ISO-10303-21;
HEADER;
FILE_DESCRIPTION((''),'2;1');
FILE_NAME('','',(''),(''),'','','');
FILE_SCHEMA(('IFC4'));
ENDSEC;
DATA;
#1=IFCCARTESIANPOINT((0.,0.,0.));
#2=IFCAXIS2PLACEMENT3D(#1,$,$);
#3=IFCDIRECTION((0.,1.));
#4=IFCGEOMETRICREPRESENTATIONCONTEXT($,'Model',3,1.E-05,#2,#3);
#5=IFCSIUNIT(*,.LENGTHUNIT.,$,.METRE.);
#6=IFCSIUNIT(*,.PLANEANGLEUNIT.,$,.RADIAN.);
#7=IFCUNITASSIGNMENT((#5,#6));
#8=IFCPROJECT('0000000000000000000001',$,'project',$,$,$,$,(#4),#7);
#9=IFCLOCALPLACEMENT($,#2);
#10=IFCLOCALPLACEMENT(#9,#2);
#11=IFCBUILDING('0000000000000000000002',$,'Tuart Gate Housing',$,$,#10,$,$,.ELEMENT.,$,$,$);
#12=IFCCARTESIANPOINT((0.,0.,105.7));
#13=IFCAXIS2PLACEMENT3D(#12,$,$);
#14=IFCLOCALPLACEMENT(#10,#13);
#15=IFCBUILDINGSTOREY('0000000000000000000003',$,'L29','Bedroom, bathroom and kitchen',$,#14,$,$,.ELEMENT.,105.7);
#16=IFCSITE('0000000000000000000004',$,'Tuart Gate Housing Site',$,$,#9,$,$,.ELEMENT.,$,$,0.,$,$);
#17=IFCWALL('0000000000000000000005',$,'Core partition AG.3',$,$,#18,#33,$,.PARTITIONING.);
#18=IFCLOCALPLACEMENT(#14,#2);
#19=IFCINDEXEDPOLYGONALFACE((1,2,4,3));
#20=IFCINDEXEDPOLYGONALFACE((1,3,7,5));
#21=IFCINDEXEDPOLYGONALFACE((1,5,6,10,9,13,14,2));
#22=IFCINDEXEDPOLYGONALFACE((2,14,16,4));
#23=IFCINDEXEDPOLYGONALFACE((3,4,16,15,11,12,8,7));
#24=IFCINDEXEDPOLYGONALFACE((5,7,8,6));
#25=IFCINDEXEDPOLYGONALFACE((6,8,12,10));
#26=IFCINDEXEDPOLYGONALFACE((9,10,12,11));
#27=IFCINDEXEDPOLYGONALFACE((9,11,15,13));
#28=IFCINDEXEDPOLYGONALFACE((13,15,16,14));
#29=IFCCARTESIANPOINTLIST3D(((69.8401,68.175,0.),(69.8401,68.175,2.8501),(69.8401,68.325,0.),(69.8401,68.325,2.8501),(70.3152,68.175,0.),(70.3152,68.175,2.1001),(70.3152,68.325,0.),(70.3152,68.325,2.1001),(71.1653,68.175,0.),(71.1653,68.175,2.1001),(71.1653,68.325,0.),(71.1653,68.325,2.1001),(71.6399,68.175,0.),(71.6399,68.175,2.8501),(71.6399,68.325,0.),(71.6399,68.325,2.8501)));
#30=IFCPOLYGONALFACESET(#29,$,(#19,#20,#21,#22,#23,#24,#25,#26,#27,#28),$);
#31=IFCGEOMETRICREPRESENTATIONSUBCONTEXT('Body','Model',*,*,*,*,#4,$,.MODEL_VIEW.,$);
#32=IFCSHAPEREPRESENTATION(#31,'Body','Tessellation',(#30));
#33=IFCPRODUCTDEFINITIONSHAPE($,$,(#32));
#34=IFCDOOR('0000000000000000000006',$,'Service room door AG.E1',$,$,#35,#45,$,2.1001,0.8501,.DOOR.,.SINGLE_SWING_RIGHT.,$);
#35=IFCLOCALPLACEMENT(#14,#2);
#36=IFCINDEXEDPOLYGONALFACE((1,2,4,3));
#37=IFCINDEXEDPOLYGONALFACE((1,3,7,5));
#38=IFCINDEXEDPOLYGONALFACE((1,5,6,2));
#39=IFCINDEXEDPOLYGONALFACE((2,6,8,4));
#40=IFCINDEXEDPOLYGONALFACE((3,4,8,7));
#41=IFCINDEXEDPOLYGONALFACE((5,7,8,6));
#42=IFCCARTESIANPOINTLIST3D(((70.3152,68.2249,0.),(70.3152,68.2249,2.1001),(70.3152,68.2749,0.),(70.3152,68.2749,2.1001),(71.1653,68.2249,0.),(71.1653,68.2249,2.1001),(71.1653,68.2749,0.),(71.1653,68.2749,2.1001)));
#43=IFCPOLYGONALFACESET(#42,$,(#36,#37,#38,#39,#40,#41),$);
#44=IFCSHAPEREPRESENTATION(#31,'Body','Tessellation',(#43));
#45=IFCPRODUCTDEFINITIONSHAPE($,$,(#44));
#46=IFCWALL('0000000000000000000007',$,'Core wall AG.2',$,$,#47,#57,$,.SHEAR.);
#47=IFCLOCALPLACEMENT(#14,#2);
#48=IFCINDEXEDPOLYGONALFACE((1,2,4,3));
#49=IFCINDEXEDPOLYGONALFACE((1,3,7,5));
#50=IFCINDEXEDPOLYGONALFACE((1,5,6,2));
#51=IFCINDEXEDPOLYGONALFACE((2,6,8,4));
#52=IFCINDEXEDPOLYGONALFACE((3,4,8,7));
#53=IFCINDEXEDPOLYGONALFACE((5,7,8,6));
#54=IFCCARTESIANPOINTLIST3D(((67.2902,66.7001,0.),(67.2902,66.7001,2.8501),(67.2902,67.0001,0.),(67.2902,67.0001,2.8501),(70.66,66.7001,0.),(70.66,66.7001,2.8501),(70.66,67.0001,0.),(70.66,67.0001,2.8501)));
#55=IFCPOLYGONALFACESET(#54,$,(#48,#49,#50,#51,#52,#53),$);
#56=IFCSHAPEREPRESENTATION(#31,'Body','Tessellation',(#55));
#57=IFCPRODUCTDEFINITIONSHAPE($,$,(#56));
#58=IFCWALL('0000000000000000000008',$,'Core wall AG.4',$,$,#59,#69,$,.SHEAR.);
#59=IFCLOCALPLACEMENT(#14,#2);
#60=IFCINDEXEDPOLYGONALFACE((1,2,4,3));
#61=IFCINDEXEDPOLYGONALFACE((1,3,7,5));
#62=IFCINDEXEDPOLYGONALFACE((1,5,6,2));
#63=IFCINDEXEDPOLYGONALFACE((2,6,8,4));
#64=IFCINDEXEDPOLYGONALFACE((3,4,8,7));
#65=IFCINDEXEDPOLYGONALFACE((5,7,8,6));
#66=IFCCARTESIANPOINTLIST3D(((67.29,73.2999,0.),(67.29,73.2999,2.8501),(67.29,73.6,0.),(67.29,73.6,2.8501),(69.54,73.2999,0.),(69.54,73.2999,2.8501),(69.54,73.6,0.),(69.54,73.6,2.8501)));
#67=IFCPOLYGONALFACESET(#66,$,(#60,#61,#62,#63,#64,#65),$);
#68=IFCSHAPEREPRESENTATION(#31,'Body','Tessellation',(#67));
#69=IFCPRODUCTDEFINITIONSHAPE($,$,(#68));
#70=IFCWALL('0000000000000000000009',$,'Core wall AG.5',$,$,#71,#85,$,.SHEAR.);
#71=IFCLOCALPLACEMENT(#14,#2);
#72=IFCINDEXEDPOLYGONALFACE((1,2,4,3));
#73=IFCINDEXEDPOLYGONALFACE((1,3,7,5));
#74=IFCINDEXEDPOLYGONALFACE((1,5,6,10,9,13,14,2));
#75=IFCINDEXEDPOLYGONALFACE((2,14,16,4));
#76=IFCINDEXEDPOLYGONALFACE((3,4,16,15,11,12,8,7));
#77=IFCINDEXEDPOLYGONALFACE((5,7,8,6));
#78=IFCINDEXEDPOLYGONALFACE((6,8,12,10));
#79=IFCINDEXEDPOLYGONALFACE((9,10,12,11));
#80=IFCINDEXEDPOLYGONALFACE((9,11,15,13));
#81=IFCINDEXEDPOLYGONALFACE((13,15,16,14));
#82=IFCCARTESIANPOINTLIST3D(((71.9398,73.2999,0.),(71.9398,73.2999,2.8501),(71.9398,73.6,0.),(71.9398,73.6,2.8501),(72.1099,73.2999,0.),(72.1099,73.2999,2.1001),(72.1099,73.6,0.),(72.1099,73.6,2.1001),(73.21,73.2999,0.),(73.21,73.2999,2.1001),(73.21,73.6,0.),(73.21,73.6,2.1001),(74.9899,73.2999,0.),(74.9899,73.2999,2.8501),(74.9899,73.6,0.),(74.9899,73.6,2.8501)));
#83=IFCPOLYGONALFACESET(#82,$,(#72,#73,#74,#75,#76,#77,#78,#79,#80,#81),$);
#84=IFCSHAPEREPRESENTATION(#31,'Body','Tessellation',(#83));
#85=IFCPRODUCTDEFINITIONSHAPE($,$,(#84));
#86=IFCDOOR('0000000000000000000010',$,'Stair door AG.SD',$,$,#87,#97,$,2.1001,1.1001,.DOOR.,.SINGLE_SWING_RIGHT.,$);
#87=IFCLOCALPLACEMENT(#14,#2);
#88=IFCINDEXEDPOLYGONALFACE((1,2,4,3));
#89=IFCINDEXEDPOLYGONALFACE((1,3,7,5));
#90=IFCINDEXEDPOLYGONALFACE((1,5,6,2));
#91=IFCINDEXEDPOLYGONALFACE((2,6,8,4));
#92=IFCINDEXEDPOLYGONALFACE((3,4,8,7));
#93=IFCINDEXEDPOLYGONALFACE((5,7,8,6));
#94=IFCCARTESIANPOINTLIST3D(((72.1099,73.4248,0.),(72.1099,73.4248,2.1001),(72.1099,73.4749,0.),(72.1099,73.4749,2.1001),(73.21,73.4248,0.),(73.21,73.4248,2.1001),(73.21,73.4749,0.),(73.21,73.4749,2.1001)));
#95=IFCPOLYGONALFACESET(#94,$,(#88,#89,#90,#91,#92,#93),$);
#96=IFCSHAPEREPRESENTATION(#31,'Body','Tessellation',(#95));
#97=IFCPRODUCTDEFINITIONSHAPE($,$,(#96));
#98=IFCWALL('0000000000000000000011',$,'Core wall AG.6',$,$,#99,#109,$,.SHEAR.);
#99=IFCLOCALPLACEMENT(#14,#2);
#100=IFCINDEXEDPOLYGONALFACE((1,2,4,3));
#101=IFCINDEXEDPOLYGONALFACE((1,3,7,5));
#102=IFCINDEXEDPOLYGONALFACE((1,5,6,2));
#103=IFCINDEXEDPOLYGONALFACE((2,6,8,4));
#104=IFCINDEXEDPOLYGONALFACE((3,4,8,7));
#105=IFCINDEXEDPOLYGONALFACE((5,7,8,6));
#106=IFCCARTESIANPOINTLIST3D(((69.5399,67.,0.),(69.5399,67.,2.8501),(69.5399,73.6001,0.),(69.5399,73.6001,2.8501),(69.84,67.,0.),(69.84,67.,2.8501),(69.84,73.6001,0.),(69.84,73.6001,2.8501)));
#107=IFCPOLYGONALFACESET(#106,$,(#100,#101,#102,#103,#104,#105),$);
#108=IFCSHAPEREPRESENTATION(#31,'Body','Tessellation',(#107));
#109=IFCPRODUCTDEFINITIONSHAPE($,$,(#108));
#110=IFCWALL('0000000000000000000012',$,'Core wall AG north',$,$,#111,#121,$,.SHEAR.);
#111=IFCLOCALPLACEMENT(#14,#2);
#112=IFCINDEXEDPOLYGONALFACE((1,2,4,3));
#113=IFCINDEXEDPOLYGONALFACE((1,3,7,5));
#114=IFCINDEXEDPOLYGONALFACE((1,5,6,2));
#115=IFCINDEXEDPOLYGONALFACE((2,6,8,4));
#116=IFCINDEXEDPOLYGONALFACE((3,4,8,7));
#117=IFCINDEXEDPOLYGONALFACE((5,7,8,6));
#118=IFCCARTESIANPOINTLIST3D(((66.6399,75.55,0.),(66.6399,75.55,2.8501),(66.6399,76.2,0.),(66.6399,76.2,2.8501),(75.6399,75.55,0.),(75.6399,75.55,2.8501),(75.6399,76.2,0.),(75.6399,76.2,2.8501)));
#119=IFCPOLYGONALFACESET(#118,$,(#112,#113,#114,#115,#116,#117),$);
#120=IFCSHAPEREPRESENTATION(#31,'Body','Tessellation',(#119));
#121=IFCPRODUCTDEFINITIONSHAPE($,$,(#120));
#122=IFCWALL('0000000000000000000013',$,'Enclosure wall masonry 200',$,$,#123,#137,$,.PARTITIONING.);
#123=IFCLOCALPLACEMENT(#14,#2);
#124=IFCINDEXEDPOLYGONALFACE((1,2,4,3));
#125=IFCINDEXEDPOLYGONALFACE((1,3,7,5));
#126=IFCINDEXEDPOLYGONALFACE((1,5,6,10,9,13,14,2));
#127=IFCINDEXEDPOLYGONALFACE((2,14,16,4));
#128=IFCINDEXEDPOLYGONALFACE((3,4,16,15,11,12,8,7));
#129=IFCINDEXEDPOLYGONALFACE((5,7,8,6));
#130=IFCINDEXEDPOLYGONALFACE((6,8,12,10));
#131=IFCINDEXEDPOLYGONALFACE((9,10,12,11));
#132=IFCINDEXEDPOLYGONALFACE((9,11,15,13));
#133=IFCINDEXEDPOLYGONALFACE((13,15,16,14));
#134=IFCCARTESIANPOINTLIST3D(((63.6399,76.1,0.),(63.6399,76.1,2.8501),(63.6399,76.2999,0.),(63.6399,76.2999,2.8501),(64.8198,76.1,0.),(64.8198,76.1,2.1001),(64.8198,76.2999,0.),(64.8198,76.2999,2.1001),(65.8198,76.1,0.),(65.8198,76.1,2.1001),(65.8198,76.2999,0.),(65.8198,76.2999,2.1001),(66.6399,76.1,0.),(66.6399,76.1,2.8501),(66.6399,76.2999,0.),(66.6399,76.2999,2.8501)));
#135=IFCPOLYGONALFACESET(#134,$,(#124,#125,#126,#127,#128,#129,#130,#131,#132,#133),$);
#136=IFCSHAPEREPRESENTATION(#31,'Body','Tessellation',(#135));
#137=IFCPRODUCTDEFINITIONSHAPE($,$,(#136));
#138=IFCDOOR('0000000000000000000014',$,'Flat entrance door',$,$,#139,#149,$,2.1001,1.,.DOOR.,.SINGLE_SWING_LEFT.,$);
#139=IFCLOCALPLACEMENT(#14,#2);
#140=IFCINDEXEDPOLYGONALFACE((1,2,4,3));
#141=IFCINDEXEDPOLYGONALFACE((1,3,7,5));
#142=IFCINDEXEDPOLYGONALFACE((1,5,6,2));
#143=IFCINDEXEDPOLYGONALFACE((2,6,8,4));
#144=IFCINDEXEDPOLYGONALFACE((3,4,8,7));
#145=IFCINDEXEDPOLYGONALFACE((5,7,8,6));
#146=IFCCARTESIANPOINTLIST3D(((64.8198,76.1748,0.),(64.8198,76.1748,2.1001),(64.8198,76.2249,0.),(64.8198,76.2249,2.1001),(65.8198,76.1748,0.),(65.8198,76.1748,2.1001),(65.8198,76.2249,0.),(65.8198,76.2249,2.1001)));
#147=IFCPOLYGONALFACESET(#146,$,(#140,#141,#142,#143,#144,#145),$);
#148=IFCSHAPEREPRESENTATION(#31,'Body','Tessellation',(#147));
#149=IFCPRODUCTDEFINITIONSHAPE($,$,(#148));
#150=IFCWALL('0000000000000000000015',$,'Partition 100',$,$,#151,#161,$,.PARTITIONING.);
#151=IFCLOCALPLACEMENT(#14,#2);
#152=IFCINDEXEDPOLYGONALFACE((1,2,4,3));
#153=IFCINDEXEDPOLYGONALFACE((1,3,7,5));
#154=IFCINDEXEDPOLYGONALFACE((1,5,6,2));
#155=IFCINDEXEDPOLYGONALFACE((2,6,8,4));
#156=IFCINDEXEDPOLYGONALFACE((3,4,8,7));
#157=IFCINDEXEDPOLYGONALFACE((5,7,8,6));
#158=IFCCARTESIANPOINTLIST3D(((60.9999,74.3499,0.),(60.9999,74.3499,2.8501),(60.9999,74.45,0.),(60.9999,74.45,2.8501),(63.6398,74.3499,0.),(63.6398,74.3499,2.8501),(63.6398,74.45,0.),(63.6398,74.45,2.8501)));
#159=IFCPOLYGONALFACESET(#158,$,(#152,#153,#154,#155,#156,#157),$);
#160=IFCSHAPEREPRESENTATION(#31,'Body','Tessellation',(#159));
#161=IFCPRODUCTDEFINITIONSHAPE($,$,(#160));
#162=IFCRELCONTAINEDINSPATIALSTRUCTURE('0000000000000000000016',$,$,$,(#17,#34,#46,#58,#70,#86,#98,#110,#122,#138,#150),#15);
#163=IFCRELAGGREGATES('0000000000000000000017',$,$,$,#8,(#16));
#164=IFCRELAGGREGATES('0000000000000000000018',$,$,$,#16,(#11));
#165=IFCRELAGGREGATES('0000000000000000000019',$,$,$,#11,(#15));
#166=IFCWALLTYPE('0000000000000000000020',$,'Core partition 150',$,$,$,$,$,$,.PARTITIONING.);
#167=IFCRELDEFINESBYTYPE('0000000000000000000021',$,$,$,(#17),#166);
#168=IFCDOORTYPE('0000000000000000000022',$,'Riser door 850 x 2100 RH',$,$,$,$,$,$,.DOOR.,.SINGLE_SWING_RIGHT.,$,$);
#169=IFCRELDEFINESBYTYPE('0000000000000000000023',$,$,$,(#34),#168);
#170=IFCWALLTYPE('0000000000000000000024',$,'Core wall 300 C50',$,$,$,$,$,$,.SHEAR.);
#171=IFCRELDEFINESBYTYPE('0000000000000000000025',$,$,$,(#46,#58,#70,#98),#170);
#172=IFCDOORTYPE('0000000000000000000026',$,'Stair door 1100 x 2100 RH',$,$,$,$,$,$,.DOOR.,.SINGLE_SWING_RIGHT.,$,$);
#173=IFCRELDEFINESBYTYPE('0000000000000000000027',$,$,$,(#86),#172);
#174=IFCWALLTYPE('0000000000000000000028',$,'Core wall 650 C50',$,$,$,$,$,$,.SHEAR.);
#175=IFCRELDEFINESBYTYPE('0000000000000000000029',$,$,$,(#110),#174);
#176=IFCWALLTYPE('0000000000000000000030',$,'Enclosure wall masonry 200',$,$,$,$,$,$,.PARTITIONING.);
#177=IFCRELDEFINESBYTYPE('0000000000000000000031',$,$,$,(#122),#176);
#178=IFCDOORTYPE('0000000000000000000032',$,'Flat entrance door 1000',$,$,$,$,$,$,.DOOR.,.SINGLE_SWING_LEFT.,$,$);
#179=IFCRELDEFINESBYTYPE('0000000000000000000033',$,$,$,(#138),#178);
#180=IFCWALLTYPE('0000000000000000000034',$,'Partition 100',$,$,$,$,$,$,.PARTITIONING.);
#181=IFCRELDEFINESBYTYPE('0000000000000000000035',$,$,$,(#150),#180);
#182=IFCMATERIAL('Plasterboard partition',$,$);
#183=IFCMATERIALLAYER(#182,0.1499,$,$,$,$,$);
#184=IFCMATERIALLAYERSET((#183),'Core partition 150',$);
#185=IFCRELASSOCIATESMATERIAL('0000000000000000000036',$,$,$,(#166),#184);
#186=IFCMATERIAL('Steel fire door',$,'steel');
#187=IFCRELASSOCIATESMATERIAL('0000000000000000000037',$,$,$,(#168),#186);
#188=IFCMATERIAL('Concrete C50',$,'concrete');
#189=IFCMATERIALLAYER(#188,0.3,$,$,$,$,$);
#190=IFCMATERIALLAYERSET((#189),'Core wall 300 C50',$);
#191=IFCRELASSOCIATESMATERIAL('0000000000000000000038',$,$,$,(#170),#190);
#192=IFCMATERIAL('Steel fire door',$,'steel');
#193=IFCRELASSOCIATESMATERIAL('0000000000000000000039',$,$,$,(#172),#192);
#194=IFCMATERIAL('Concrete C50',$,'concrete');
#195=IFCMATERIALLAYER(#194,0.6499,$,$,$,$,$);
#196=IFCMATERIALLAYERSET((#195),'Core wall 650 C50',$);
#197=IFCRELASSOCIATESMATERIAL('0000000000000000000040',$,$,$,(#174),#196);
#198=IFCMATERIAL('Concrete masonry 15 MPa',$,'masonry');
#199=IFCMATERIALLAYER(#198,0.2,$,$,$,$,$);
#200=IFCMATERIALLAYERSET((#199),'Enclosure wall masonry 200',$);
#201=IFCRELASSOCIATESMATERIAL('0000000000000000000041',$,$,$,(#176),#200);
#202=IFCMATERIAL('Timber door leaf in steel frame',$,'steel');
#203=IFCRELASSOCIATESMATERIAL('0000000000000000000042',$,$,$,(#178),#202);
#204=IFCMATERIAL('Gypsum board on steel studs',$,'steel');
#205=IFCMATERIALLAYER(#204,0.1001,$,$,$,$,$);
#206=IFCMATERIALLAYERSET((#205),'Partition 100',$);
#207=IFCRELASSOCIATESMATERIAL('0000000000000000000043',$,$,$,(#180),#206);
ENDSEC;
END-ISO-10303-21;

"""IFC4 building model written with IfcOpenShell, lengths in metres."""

from ifc_helpers import new_model, si_unit, direction, frame, frame_2d, origin, place, context, subcontext, project, spatial, rectangle, extrude, material, layer, layer_set, type_object, element, fill, save


model = new_model("IFC4")

# Units and contexts
model_context = context("Model", 3, precision=1e-05, world=origin(), true_north=direction((0.0, 1.0)))
body_context = subcontext(model_context, "Body", "Model", "MODEL_VIEW")
ifc_project = project(units=[si_unit("LENGTHUNIT", "METRE"), si_unit("PLANEANGLEUNIT", "RADIAN")], contexts=[model_context])

# Site, building, storey
site_placement = place(None, origin())
site = spatial("IfcSite", under=ifc_project, at=site_placement, Name="Tuart Gate Housing Site", CompositionType="ELEMENT", RefElevation=0.0)
building_placement = place(site_placement, origin())
building = spatial("IfcBuilding", under=site, at=building_placement, Name="Tuart Gate Housing", CompositionType="ELEMENT")
storey_placement = place(building_placement, frame((0.0, 0.0, 105.7)))
storey = spatial("IfcBuildingStorey", under=building, at=storey_placement, Name="L29", Description="Bedroom, bathroom and kitchen", CompositionType="ELEMENT", Elevation=105.7)

# Wall, opening, door
ifc_material_1 = material(Name="Plasterboard partition")
ifc_layer_1 = layer(ifc_material_1, 0.1499)
ifc_layer_set_1 = layer_set([ifc_layer_1], Name="Core partition 150")
wall_type_1 = type_object("IfcWallType", Name="Core partition 150", PredefinedType="PARTITIONING", material=ifc_layer_set_1)
wall_1_placement = place(storey_placement, frame((69.8401, 68.25, 0.0), z_axis=(0.0, 0.0, 1.0), x_axis=(1.0, 0.0, 0.0)))
wall_1 = element("IfcWall", 1, at=wall_1_placement, inside=storey, type_object=wall_type_1, Name="Core partition AG.3", PredefinedType="PARTITIONING", context=body_context, shape_type="SweptSolid", body=[
    extrude(rectangle(XDim=1.7998, YDim=0.1499, at=frame_2d((0.8999, 0.0))), origin(), (0.0, 0.0, 1.0), 2.8501),
])
opening_1_placement = place(wall_1_placement, frame((0.4751, 0.0, 0.0)))
opening_1 = element("IfcOpeningElement", 2, at=opening_1_placement, cuts=wall_1, PredefinedType="OPENING", context=body_context, shape_type="SweptSolid", body=[
    extrude(rectangle(XDim=0.8501, YDim=2.1001, at=frame_2d((0.425, 1.05))), frame((0.0, 0.085, 0.0), z_axis=(0.0, -1.0, 0.0), x_axis=(1.0, 0.0, 0.0)), (0.0, 0.0, 1.0), 0.1699),
])
ifc_material_2 = material(Name="Steel fire door", Category="steel")
door_type_1 = type_object("IfcDoorType", Name="Riser door 850 x 2100 RH", OperationType="SINGLE_SWING_RIGHT", PredefinedType="DOOR", material=ifc_material_2)
door_1_placement = place(opening_1_placement, frame((0.8501, 0.0, 0.0), z_axis=(0.0, 0.0, 1.0), x_axis=(-1.0, 0.0, 0.0)))
door_1 = element("IfcDoor", 3, at=door_1_placement, inside=storey, type_object=door_type_1, Name="Service room door AG.E1", OperationType="SINGLE_SWING_RIGHT", OverallHeight=2.1001, OverallWidth=0.8501, PredefinedType="DOOR", context=body_context, shape_type="SweptSolid", body=[
    extrude(rectangle(XDim=0.8501, YDim=2.1001, at=frame_2d((0.425, 1.05))), frame((0.0, 0.0251, 0.0), z_axis=(0.0, -1.0, 0.0), x_axis=(1.0, 0.0, 0.0)), (0.0, 0.0, 1.0), 0.05),
])
fill(opening_1, door_1)

# Walls
ifc_material_3 = material(Name="Concrete C50", Category="concrete")
ifc_layer_2 = layer(ifc_material_3, 0.3)
ifc_layer_set_2 = layer_set([ifc_layer_2], Name="Core wall 300 C50")
wall_type_2 = type_object("IfcWallType", Name="Core wall 300 C50", PredefinedType="SHEAR", material=ifc_layer_set_2)
wall_2_placement = place(storey_placement, frame((67.29, 66.8501, 0.0), z_axis=(0.0, 0.0, 1.0), x_axis=(1.0, 0.0, 0.0)))
element("IfcWall", 4, at=wall_2_placement, inside=storey, type_object=wall_type_2, Name="Core wall AG.2", PredefinedType="SHEAR", context=body_context, shape_type="SweptSolid", body=[
    extrude(rectangle(XDim=3.3699, YDim=0.3, at=frame_2d((1.6851, 0.0))), origin(), (0.0, 0.0, 1.0), 2.8501),
])
wall_3_placement = place(storey_placement, frame((67.29, 73.45, 0.0), z_axis=(0.0, 0.0, 1.0), x_axis=(1.0, 0.0, 0.0)))
element("IfcWall", 5, at=wall_3_placement, inside=storey, type_object=wall_type_2, Name="Core wall AG.4", PredefinedType="SHEAR", context=body_context, shape_type="SweptSolid", body=[
    extrude(rectangle(XDim=2.25, YDim=0.3, at=frame_2d((1.125, 0.0))), origin(), (0.0, 0.0, 1.0), 2.8501),
])

# Wall, opening, door
wall_4_placement = place(storey_placement, frame((71.9399, 73.45, 0.0), z_axis=(0.0, 0.0, 1.0), x_axis=(1.0, 0.0, 0.0)))
wall_4 = element("IfcWall", 6, at=wall_4_placement, inside=storey, type_object=wall_type_2, Name="Core wall AG.5", PredefinedType="SHEAR", context=body_context, shape_type="SweptSolid", body=[
    extrude(rectangle(XDim=3.05, YDim=0.3, at=frame_2d((1.5249, 0.0))), origin(), (0.0, 0.0, 1.0), 2.8501),
])
opening_2_placement = place(wall_4_placement, frame((0.1699, 0.0, 0.0)))
opening_2 = element("IfcOpeningElement", 7, at=opening_2_placement, cuts=wall_4, PredefinedType="OPENING", context=body_context, shape_type="SweptSolid", body=[
    extrude(rectangle(XDim=1.1001, YDim=2.1001, at=frame_2d((0.55, 1.05))), frame((0.0, 0.1599, 0.0), z_axis=(0.0, -1.0, 0.0), x_axis=(1.0, 0.0, 0.0)), (0.0, 0.0, 1.0), 0.3201),
])
ifc_material_4 = material(Name="Steel fire door", Category="steel")
door_type_2 = type_object("IfcDoorType", Name="Stair door 1100 x 2100 RH", OperationType="SINGLE_SWING_RIGHT", PredefinedType="DOOR", material=ifc_material_4)
door_2_placement = place(opening_2_placement, frame((1.1001, 0.0, 0.0), z_axis=(0.0, 0.0, 1.0), x_axis=(-1.0, 0.0, 0.0)))
door_2 = element("IfcDoor", 8, at=door_2_placement, inside=storey, type_object=door_type_2, Name="Stair door AG.SD", OperationType="SINGLE_SWING_RIGHT", OverallHeight=2.1001, OverallWidth=1.1001, PredefinedType="DOOR", context=body_context, shape_type="SweptSolid", body=[
    extrude(rectangle(XDim=1.1001, YDim=2.1001, at=frame_2d((0.55, 1.05))), frame((0.0, 0.0251, 0.0), z_axis=(0.0, -1.0, 0.0), x_axis=(1.0, 0.0, 0.0)), (0.0, 0.0, 1.0), 0.05),
])
fill(opening_2, door_2)

# Walls
wall_5_placement = place(storey_placement, frame((69.6899, 67.0, 0.0), z_axis=(0.0, 0.0, 1.0), x_axis=(0.0, 1.0, 0.0)))
element("IfcWall", 9, at=wall_5_placement, inside=storey, type_object=wall_type_2, Name="Core wall AG.6", PredefinedType="SHEAR", context=body_context, shape_type="SweptSolid", body=[
    extrude(rectangle(XDim=6.6001, YDim=0.3, at=frame_2d((3.3, 0.0))), origin(), (0.0, 0.0, 1.0), 2.8501),
])
ifc_material_5 = material(Name="Concrete C50", Category="concrete")
ifc_layer_3 = layer(ifc_material_5, 0.6499)
ifc_layer_set_3 = layer_set([ifc_layer_3], Name="Core wall 650 C50")
wall_type_3 = type_object("IfcWallType", Name="Core wall 650 C50", PredefinedType="SHEAR", material=ifc_layer_set_3)
wall_6_placement = place(storey_placement, frame((66.6399, 75.875, 0.0), z_axis=(0.0, 0.0, 1.0), x_axis=(1.0, 0.0, 0.0)))
element("IfcWall", 10, at=wall_6_placement, inside=storey, type_object=wall_type_3, Name="Core wall AG north", PredefinedType="SHEAR", context=body_context, shape_type="SweptSolid", body=[
    extrude(rectangle(XDim=9.0, YDim=0.6499, at=frame_2d((4.5, 0.0))), origin(), (0.0, 0.0, 1.0), 2.8501),
])

# Wall, opening, door
ifc_material_6 = material(Name="Concrete masonry 15 MPa", Category="masonry")
ifc_layer_4 = layer(ifc_material_6, 0.2)
ifc_layer_set_4 = layer_set([ifc_layer_4], Name="Enclosure wall masonry 200")
wall_type_4 = type_object("IfcWallType", Name="Enclosure wall masonry 200", PredefinedType="PARTITIONING", material=ifc_layer_set_4)
wall_7_placement = place(storey_placement, frame((63.6399, 76.2, 0.0), z_axis=(0.0, 0.0, 1.0), x_axis=(1.0, 0.0, 0.0)))
wall_7 = element("IfcWall", 11, at=wall_7_placement, inside=storey, type_object=wall_type_4, Name="Enclosure wall masonry 200", PredefinedType="PARTITIONING", context=body_context, shape_type="SweptSolid", body=[
    extrude(rectangle(XDim=3.0, YDim=0.2, at=frame_2d((1.5, 0.0))), origin(), (0.0, 0.0, 1.0), 2.8501),
])
opening_3_placement = place(wall_7_placement, frame((1.1799, 0.0, 0.0)))
opening_3 = element("IfcOpeningElement", 12, at=opening_3_placement, cuts=wall_7, PredefinedType="OPENING", context=body_context, shape_type="SweptSolid", body=[
    extrude(rectangle(XDim=1.0, YDim=2.1001, at=frame_2d((0.5, 1.05))), frame((0.0, 0.1099, 0.0), z_axis=(0.0, -1.0, 0.0), x_axis=(1.0, 0.0, 0.0)), (0.0, 0.0, 1.0), 0.22),
])
ifc_material_7 = material(Name="Timber door leaf in steel frame", Category="steel")
door_type_3 = type_object("IfcDoorType", Name="Flat entrance door 1000", OperationType="SINGLE_SWING_LEFT", PredefinedType="DOOR", material=ifc_material_7)
door_3_placement = place(opening_3_placement, origin())
door_3 = element("IfcDoor", 13, at=door_3_placement, inside=storey, type_object=door_type_3, Name="Flat entrance door", OperationType="SINGLE_SWING_LEFT", OverallHeight=2.1001, OverallWidth=1.0, PredefinedType="DOOR", context=body_context, shape_type="SweptSolid", body=[
    extrude(rectangle(XDim=1.0, YDim=2.1001, at=frame_2d((0.5, 1.05))), frame((0.0, 0.0249, 0.0), z_axis=(0.0, -1.0, 0.0), x_axis=(1.0, 0.0, 0.0)), (0.0, 0.0, 1.0), 0.05),
])
fill(opening_3, door_3)

# Wall
ifc_material_8 = material(Name="Gypsum board on steel studs", Category="steel")
ifc_layer_5 = layer(ifc_material_8, 0.1001)
ifc_layer_set_5 = layer_set([ifc_layer_5], Name="Partition 100")
wall_type_5 = type_object("IfcWallType", Name="Partition 100", PredefinedType="PARTITIONING", material=ifc_layer_set_5)
wall_8_placement = place(storey_placement, frame((61.0, 74.3999, 0.0), z_axis=(0.0, 0.0, 1.0), x_axis=(1.0, 0.0, 0.0)))
element("IfcWall", 14, at=wall_8_placement, inside=storey, type_object=wall_type_5, Name="Partition 100", PredefinedType="PARTITIONING", context=body_context, shape_type="SweptSolid", body=[
    extrude(rectangle(XDim=2.6399, YDim=0.1001, at=frame_2d((1.3198, 0.0))), origin(), (0.0, 0.0, 1.0), 2.8501),
])

save(model, "model.ifc")
